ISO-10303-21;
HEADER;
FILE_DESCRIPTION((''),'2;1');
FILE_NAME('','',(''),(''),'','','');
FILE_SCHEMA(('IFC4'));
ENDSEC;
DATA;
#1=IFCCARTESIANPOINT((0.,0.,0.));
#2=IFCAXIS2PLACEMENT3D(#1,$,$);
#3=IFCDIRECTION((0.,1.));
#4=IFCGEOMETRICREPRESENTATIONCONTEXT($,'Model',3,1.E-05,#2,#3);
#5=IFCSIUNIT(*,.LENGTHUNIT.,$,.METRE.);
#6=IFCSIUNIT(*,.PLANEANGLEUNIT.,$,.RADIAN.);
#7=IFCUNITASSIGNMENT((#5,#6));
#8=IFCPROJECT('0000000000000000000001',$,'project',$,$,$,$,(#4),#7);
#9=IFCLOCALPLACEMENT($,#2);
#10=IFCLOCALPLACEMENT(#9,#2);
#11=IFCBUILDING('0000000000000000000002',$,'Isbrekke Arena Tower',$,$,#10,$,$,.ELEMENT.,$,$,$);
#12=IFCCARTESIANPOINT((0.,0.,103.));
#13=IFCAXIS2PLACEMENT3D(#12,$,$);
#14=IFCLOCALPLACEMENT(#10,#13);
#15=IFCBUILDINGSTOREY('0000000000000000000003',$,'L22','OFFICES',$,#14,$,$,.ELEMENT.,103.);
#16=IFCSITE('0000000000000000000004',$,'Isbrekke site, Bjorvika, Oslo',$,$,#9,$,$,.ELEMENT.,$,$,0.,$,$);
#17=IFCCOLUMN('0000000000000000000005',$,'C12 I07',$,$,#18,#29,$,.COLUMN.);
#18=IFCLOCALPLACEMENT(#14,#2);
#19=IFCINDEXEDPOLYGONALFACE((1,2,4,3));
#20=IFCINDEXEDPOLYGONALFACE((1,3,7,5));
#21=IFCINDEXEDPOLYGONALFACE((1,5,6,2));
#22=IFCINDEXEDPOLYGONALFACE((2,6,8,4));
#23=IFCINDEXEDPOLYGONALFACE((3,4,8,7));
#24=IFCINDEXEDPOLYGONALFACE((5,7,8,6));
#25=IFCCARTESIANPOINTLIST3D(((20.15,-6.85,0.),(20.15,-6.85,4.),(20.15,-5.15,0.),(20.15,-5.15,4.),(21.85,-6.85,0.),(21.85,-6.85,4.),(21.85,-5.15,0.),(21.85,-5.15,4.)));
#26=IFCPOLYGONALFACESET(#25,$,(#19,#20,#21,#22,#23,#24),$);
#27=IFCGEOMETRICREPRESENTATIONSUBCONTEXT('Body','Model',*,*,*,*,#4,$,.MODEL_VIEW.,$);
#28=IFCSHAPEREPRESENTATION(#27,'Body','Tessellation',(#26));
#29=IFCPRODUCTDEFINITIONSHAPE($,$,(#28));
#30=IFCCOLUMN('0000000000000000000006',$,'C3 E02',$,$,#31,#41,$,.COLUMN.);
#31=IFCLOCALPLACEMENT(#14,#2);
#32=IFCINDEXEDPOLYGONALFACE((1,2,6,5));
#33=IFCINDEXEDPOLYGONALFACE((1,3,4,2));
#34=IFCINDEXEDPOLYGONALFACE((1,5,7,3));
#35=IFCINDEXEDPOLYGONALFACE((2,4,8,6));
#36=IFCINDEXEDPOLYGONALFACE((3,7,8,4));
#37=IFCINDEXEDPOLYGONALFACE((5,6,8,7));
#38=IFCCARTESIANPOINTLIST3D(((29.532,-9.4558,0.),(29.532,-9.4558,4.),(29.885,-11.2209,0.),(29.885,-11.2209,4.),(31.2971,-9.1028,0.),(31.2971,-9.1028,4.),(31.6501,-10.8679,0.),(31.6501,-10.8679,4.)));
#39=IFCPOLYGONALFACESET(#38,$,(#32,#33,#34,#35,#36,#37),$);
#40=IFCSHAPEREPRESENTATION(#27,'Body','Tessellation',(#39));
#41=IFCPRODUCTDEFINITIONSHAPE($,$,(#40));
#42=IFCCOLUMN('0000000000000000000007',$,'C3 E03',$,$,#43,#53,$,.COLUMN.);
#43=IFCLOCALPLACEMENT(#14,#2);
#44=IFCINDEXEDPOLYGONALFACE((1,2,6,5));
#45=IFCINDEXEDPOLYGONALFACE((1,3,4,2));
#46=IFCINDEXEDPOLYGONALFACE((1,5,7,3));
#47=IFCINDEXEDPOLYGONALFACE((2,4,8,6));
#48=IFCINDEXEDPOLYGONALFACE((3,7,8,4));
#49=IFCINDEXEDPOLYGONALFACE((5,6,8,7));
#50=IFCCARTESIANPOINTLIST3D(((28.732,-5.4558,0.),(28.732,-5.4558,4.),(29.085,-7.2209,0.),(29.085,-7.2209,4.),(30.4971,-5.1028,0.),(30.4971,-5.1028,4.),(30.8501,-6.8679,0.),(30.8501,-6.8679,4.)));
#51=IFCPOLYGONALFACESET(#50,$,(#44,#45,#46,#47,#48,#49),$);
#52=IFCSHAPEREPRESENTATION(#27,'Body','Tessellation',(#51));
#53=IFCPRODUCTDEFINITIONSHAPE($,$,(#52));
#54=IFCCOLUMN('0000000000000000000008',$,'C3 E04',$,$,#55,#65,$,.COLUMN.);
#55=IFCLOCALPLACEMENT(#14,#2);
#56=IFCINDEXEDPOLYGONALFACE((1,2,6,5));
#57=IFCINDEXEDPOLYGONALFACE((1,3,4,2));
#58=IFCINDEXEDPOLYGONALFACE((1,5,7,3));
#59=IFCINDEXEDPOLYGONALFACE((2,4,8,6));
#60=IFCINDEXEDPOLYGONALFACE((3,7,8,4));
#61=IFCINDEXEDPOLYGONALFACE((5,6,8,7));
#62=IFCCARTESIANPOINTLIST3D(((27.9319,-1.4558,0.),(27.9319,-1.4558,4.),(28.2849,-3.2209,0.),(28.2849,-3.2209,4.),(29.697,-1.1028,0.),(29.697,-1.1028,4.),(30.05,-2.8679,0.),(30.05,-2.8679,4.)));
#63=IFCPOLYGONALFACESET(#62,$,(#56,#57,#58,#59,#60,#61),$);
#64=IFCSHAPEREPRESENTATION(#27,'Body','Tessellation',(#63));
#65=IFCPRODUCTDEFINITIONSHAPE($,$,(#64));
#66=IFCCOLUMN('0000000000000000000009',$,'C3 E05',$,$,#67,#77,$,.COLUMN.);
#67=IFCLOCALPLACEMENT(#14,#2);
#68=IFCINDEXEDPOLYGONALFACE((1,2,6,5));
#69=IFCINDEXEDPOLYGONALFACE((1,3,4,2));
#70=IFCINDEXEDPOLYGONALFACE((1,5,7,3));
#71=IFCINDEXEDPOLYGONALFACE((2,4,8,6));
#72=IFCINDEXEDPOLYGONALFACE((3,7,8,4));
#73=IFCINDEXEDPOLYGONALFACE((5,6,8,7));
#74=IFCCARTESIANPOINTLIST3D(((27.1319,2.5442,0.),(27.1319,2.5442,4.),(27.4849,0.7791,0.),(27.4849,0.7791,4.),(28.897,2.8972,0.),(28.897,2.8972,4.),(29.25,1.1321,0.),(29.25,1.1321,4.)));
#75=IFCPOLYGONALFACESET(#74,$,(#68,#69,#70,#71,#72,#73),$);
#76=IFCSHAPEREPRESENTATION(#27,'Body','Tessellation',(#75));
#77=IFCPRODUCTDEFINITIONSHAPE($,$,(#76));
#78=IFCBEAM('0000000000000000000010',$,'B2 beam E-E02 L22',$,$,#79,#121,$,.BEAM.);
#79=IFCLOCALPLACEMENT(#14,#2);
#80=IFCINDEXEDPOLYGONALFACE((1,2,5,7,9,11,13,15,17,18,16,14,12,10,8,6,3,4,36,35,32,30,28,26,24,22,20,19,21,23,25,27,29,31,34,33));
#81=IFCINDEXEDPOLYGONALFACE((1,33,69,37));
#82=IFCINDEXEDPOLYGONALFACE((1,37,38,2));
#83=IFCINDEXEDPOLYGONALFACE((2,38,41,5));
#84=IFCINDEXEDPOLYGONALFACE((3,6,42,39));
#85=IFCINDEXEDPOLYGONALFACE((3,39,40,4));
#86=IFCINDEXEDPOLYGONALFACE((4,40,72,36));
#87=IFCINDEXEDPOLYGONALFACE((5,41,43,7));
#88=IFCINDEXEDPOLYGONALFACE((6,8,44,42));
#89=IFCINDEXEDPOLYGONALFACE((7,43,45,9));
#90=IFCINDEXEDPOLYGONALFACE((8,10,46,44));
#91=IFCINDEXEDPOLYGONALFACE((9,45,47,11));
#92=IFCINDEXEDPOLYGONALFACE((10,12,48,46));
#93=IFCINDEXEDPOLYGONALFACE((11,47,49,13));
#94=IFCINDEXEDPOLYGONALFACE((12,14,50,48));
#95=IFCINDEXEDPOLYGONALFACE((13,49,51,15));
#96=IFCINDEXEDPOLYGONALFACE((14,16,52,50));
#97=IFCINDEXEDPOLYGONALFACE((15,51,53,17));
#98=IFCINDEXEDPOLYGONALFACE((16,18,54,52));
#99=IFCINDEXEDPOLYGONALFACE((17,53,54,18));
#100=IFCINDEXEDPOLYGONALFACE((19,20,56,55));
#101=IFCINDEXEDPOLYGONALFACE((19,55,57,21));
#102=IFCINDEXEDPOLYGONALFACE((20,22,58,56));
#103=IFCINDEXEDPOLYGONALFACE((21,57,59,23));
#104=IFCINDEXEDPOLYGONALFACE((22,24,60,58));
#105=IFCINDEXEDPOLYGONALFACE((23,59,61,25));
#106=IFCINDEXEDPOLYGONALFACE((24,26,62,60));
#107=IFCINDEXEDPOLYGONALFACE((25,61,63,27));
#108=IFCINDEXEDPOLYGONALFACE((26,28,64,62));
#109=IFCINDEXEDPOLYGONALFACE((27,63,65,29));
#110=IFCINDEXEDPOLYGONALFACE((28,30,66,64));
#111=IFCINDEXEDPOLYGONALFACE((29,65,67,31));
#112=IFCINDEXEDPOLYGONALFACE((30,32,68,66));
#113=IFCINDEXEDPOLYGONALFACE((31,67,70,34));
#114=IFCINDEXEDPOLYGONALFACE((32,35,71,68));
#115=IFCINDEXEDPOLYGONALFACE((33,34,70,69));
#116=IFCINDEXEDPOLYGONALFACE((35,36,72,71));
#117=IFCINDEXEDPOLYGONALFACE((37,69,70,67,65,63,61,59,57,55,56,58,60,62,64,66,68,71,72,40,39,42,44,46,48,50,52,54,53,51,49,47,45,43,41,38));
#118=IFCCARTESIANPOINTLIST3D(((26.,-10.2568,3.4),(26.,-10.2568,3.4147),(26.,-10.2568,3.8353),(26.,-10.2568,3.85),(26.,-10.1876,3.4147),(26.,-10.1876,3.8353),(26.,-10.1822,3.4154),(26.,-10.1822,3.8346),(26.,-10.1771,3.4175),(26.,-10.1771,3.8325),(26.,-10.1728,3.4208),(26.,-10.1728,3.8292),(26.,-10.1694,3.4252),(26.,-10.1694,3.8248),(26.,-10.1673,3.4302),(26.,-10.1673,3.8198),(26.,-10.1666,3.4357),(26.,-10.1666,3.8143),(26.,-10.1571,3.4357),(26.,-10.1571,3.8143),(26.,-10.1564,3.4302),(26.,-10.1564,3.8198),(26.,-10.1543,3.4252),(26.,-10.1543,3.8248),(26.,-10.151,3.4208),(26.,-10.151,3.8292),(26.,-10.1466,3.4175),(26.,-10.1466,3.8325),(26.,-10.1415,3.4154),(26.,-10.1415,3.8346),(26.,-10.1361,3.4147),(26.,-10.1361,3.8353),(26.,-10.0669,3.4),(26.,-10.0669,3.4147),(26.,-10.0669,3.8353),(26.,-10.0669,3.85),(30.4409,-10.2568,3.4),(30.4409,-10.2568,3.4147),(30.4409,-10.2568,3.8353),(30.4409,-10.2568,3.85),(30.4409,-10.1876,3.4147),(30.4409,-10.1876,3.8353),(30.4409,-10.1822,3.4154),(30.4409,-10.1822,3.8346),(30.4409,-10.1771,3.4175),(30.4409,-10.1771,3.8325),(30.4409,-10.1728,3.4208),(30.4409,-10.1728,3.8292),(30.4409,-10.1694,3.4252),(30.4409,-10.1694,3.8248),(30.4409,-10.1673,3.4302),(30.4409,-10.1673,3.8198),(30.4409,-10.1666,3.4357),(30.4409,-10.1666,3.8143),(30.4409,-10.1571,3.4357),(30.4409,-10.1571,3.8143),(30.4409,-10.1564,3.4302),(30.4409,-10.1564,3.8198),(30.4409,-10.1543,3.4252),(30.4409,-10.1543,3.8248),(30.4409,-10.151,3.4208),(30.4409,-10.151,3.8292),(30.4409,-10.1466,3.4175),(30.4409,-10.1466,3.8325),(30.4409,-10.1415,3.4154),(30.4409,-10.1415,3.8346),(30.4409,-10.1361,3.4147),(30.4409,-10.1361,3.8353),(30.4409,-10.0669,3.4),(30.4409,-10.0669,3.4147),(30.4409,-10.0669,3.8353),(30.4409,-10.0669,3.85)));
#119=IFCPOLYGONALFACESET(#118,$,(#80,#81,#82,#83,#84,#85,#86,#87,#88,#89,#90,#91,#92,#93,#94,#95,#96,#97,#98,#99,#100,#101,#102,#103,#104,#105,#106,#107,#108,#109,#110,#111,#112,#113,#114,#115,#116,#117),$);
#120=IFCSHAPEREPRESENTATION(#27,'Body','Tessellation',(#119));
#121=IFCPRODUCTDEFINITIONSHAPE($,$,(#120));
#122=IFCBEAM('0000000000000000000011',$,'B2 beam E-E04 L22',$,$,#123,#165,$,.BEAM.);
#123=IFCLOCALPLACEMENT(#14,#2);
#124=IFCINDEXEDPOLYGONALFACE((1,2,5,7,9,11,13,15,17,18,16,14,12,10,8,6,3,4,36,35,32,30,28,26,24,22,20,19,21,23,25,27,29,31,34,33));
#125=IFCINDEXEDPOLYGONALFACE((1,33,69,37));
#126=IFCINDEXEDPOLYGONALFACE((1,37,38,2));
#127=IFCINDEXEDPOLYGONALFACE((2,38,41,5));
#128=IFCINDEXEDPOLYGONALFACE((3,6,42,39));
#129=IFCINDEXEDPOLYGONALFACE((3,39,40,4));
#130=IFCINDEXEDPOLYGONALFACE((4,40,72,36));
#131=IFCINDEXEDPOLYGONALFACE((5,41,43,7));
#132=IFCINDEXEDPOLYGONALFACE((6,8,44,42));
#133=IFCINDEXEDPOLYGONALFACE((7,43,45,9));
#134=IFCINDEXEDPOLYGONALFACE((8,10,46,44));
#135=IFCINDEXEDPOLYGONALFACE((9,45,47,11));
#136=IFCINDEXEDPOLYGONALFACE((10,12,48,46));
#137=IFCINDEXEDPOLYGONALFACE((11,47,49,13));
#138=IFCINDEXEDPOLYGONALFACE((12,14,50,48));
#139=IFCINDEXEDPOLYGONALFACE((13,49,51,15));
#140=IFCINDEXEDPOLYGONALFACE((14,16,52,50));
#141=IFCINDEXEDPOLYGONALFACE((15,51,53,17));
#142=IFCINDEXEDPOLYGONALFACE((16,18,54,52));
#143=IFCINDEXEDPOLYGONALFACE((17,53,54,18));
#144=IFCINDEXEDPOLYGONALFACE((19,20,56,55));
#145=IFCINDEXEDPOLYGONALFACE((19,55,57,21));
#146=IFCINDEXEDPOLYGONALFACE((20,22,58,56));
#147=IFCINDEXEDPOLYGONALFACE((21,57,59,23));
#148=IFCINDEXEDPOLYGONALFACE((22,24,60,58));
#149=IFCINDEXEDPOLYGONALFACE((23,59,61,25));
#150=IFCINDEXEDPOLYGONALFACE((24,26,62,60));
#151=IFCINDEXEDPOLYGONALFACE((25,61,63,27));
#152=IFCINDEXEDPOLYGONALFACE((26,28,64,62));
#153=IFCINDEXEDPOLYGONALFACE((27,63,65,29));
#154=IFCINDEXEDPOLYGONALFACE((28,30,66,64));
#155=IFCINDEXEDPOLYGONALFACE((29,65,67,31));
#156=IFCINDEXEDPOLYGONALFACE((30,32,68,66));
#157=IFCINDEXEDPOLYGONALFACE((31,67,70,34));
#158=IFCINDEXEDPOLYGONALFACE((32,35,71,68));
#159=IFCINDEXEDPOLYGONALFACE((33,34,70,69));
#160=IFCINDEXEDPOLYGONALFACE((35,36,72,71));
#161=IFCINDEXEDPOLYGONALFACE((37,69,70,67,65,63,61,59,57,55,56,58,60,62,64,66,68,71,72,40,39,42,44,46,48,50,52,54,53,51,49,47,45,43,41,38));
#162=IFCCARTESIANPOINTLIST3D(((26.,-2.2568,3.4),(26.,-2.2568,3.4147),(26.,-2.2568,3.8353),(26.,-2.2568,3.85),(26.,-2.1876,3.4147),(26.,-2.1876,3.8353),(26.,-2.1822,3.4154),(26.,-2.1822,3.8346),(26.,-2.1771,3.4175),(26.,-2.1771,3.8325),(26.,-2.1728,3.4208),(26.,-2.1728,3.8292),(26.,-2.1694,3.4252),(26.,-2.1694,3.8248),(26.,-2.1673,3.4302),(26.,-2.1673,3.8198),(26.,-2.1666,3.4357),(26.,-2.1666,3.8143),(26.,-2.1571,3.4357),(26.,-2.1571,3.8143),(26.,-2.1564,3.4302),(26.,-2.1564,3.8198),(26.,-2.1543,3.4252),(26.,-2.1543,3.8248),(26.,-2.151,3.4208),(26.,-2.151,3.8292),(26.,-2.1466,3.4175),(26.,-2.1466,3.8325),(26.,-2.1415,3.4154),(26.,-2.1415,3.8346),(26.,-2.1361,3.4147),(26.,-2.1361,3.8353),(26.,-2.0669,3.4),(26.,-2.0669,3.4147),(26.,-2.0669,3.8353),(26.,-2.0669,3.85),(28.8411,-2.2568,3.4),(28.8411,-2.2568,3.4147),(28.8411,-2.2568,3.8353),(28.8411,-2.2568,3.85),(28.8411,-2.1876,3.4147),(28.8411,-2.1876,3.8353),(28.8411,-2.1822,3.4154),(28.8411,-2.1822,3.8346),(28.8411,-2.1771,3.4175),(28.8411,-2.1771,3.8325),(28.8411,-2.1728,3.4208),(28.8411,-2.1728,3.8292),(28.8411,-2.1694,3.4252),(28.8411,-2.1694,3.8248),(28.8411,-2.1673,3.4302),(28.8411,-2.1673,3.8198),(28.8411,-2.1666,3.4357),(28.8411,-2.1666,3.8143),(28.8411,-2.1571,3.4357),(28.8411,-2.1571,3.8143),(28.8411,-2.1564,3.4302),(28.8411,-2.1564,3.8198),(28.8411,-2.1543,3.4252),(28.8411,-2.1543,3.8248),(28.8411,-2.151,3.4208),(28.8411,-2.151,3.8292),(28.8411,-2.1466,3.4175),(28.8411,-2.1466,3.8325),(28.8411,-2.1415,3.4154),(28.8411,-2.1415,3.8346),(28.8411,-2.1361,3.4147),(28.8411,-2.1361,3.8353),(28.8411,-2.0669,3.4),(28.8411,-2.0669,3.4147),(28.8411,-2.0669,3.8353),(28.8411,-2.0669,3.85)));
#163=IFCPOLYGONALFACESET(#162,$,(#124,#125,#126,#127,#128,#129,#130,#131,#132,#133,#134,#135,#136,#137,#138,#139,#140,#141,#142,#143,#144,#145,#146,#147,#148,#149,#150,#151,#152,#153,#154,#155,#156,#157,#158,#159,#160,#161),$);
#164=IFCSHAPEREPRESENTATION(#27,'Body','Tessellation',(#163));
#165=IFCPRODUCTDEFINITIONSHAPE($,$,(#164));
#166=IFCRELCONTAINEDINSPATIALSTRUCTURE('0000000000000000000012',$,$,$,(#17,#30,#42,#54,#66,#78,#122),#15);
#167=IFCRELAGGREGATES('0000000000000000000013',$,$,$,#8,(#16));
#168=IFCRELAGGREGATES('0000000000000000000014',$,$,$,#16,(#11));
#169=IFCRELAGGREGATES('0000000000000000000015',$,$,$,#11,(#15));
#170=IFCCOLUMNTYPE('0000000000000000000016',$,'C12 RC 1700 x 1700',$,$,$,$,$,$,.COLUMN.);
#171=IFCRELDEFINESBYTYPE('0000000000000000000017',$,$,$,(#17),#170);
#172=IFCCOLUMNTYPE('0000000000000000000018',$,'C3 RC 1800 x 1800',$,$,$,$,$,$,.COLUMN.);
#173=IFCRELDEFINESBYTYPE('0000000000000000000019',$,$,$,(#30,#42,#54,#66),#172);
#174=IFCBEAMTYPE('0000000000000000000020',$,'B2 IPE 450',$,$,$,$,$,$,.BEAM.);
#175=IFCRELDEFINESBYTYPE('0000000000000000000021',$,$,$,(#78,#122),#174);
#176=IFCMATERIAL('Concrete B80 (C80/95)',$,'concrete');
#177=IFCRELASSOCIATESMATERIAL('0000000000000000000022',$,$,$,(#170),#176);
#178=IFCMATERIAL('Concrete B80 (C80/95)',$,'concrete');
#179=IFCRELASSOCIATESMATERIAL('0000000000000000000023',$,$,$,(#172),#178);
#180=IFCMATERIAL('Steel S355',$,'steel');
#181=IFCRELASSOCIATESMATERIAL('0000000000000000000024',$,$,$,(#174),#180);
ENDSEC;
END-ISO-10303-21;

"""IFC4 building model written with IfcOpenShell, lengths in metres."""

from ifc_helpers import new_model, si_unit, direction, frame, origin, origin_2d, place, context, subcontext, project, spatial, rectangle, i_section, extrude, material, material_profile, profile_set, type_object, element, save


model = new_model("IFC4")

# Units and contexts
model_context = context("Model", 3, precision=1e-05, world=origin(), true_north=direction((0.0, 1.0)))
body_context = subcontext(model_context, "Body", "Model", "MODEL_VIEW")
ifc_project = project(units=[si_unit("LENGTHUNIT", "METRE"), si_unit("PLANEANGLEUNIT", "RADIAN")], contexts=[model_context])

# Site, building, storey
site_placement = place(None, origin())
site = spatial("IfcSite", under=ifc_project, at=site_placement, Name="Isbrekke site, Bjorvika, Oslo", CompositionType="ELEMENT", RefElevation=0.0)
building_placement = place(site_placement, origin())
building = spatial("IfcBuilding", under=site, at=building_placement, Name="Isbrekke Arena Tower", CompositionType="ELEMENT")
storey_placement = place(building_placement, frame((0.0, 0.0, 103.0)))
storey = spatial("IfcBuildingStorey", under=building, at=storey_placement, Name="L22", Description="OFFICES", CompositionType="ELEMENT", Elevation=103.0)

# Columns
ifc_material_1 = material(Name="Concrete B80 (C80/95)", Category="concrete")
ifc_material_profile_1 = material_profile(ifc_material_1, rectangle(XDim=1.7, YDim=1.7, at=origin_2d()), Name="RC 1700x1700")
ifc_profile_set_1 = profile_set([ifc_material_profile_1], Name="Concrete B80 (C80/95)")
column_type_1 = type_object("IfcColumnType", Name="C12 RC 1700 x 1700", PredefinedType="COLUMN", material=ifc_profile_set_1)
column_placement = place(storey_placement, frame((21.0, -6.0, 0.0), z_axis=(0.0, 0.0, 1.0), x_axis=(1.0, 0.0, 0.0)))
element("IfcColumn", 1, at=column_placement, inside=storey, type_object=column_type_1, Name="C12 I07", PredefinedType="COLUMN", context=body_context, shape_type="SweptSolid", body=[
    extrude(rectangle(XDim=1.7, YDim=1.7, at=origin_2d()), origin(), (0.0, 0.0, 1.0), 4.0),
])
ifc_material_2 = material(Name="Concrete B80 (C80/95)", Category="concrete")
ifc_material_profile_2 = material_profile(ifc_material_2, rectangle(XDim=1.8, YDim=1.8, at=origin_2d()), Name="RC 1800x1800")
ifc_profile_set_2 = profile_set([ifc_material_profile_2], Name="Concrete B80 (C80/95)")
column_type_2 = type_object("IfcColumnType", Name="C3 RC 1800 x 1800", PredefinedType="COLUMN", material=ifc_profile_set_2)
for number, where, z_axis, x_axis, name in (
    (2, (30.5911, -10.1619, 0.0), (0.0, 0.0, 1.0), (-0.196116, 0.980581, 0.0), "C3 E02"),
    (3, (29.791, -6.1619, 0.0), (0.0, 0.0, 1.0), (-0.196116, 0.980581, 0.0), "C3 E03"),
    (4, (28.991, -2.1619, 0.0), (0.0, 0.0, 1.0), (-0.196116, 0.980581, 0.0), "C3 E04"),
    (5, (28.1909, 1.8381, 0.0), (0.0, 0.0, 1.0), (-0.196116, 0.980581, 0.0), "C3 E05"),
):
    element("IfcColumn", number, at=place(storey_placement, frame(where, z_axis=z_axis, x_axis=x_axis)), inside=storey, type_object=column_type_2, Name=name, PredefinedType="COLUMN", context=body_context, shape_type="SweptSolid", body=[
        extrude(rectangle(XDim=1.8, YDim=1.8, at=origin_2d()), origin(), (0.0, 0.0, 1.0), 4.0),
    ])

# Beams
ifc_material_3 = material(Name="Steel S355", Category="steel")
ifc_material_profile_3 = material_profile(ifc_material_3, i_section(OverallWidth=0.1899, OverallDepth=0.45, WebThickness=0.0095, FlangeThickness=0.0146, FilletRadius=0.021, at=origin_2d()), Name="IPE 450")
ifc_profile_set_3 = profile_set([ifc_material_profile_3], Name="Steel S355")
beam_type_1 = type_object("IfcBeamType", Name="B2 IPE 450", PredefinedType="BEAM", material=ifc_profile_set_3)
beam_1_placement = place(storey_placement, frame((30.4409, -10.1619, 3.625), z_axis=(-1.0, 0.0, 0.0), x_axis=(0.0, -1.0, 0.0)))
element("IfcBeam", 6, at=beam_1_placement, inside=storey, type_object=beam_type_1, Name="B2 beam E-E02 L22", PredefinedType="BEAM", context=body_context, shape_type="SweptSolid", body=[
    extrude(i_section(OverallWidth=0.1899, OverallDepth=0.45, WebThickness=0.0095, FlangeThickness=0.0146, FilletRadius=0.021, at=origin_2d()), origin(), (0.0, 0.0, 1.0), 4.4409),
])
beam_2_placement = place(storey_placement, frame((28.8411, -2.1619, 3.625), z_axis=(-1.0, 0.0, 0.0), x_axis=(0.0, -1.0, 0.0)))
element("IfcBeam", 7, at=beam_2_placement, inside=storey, type_object=beam_type_1, Name="B2 beam E-E04 L22", PredefinedType="BEAM", context=body_context, shape_type="SweptSolid", body=[
    extrude(i_section(OverallWidth=0.1899, OverallDepth=0.45, WebThickness=0.0095, FlangeThickness=0.0146, FilletRadius=0.021, at=origin_2d()), origin(), (0.0, 0.0, 1.0), 2.8411),
])

save(model, "model.ifc")
